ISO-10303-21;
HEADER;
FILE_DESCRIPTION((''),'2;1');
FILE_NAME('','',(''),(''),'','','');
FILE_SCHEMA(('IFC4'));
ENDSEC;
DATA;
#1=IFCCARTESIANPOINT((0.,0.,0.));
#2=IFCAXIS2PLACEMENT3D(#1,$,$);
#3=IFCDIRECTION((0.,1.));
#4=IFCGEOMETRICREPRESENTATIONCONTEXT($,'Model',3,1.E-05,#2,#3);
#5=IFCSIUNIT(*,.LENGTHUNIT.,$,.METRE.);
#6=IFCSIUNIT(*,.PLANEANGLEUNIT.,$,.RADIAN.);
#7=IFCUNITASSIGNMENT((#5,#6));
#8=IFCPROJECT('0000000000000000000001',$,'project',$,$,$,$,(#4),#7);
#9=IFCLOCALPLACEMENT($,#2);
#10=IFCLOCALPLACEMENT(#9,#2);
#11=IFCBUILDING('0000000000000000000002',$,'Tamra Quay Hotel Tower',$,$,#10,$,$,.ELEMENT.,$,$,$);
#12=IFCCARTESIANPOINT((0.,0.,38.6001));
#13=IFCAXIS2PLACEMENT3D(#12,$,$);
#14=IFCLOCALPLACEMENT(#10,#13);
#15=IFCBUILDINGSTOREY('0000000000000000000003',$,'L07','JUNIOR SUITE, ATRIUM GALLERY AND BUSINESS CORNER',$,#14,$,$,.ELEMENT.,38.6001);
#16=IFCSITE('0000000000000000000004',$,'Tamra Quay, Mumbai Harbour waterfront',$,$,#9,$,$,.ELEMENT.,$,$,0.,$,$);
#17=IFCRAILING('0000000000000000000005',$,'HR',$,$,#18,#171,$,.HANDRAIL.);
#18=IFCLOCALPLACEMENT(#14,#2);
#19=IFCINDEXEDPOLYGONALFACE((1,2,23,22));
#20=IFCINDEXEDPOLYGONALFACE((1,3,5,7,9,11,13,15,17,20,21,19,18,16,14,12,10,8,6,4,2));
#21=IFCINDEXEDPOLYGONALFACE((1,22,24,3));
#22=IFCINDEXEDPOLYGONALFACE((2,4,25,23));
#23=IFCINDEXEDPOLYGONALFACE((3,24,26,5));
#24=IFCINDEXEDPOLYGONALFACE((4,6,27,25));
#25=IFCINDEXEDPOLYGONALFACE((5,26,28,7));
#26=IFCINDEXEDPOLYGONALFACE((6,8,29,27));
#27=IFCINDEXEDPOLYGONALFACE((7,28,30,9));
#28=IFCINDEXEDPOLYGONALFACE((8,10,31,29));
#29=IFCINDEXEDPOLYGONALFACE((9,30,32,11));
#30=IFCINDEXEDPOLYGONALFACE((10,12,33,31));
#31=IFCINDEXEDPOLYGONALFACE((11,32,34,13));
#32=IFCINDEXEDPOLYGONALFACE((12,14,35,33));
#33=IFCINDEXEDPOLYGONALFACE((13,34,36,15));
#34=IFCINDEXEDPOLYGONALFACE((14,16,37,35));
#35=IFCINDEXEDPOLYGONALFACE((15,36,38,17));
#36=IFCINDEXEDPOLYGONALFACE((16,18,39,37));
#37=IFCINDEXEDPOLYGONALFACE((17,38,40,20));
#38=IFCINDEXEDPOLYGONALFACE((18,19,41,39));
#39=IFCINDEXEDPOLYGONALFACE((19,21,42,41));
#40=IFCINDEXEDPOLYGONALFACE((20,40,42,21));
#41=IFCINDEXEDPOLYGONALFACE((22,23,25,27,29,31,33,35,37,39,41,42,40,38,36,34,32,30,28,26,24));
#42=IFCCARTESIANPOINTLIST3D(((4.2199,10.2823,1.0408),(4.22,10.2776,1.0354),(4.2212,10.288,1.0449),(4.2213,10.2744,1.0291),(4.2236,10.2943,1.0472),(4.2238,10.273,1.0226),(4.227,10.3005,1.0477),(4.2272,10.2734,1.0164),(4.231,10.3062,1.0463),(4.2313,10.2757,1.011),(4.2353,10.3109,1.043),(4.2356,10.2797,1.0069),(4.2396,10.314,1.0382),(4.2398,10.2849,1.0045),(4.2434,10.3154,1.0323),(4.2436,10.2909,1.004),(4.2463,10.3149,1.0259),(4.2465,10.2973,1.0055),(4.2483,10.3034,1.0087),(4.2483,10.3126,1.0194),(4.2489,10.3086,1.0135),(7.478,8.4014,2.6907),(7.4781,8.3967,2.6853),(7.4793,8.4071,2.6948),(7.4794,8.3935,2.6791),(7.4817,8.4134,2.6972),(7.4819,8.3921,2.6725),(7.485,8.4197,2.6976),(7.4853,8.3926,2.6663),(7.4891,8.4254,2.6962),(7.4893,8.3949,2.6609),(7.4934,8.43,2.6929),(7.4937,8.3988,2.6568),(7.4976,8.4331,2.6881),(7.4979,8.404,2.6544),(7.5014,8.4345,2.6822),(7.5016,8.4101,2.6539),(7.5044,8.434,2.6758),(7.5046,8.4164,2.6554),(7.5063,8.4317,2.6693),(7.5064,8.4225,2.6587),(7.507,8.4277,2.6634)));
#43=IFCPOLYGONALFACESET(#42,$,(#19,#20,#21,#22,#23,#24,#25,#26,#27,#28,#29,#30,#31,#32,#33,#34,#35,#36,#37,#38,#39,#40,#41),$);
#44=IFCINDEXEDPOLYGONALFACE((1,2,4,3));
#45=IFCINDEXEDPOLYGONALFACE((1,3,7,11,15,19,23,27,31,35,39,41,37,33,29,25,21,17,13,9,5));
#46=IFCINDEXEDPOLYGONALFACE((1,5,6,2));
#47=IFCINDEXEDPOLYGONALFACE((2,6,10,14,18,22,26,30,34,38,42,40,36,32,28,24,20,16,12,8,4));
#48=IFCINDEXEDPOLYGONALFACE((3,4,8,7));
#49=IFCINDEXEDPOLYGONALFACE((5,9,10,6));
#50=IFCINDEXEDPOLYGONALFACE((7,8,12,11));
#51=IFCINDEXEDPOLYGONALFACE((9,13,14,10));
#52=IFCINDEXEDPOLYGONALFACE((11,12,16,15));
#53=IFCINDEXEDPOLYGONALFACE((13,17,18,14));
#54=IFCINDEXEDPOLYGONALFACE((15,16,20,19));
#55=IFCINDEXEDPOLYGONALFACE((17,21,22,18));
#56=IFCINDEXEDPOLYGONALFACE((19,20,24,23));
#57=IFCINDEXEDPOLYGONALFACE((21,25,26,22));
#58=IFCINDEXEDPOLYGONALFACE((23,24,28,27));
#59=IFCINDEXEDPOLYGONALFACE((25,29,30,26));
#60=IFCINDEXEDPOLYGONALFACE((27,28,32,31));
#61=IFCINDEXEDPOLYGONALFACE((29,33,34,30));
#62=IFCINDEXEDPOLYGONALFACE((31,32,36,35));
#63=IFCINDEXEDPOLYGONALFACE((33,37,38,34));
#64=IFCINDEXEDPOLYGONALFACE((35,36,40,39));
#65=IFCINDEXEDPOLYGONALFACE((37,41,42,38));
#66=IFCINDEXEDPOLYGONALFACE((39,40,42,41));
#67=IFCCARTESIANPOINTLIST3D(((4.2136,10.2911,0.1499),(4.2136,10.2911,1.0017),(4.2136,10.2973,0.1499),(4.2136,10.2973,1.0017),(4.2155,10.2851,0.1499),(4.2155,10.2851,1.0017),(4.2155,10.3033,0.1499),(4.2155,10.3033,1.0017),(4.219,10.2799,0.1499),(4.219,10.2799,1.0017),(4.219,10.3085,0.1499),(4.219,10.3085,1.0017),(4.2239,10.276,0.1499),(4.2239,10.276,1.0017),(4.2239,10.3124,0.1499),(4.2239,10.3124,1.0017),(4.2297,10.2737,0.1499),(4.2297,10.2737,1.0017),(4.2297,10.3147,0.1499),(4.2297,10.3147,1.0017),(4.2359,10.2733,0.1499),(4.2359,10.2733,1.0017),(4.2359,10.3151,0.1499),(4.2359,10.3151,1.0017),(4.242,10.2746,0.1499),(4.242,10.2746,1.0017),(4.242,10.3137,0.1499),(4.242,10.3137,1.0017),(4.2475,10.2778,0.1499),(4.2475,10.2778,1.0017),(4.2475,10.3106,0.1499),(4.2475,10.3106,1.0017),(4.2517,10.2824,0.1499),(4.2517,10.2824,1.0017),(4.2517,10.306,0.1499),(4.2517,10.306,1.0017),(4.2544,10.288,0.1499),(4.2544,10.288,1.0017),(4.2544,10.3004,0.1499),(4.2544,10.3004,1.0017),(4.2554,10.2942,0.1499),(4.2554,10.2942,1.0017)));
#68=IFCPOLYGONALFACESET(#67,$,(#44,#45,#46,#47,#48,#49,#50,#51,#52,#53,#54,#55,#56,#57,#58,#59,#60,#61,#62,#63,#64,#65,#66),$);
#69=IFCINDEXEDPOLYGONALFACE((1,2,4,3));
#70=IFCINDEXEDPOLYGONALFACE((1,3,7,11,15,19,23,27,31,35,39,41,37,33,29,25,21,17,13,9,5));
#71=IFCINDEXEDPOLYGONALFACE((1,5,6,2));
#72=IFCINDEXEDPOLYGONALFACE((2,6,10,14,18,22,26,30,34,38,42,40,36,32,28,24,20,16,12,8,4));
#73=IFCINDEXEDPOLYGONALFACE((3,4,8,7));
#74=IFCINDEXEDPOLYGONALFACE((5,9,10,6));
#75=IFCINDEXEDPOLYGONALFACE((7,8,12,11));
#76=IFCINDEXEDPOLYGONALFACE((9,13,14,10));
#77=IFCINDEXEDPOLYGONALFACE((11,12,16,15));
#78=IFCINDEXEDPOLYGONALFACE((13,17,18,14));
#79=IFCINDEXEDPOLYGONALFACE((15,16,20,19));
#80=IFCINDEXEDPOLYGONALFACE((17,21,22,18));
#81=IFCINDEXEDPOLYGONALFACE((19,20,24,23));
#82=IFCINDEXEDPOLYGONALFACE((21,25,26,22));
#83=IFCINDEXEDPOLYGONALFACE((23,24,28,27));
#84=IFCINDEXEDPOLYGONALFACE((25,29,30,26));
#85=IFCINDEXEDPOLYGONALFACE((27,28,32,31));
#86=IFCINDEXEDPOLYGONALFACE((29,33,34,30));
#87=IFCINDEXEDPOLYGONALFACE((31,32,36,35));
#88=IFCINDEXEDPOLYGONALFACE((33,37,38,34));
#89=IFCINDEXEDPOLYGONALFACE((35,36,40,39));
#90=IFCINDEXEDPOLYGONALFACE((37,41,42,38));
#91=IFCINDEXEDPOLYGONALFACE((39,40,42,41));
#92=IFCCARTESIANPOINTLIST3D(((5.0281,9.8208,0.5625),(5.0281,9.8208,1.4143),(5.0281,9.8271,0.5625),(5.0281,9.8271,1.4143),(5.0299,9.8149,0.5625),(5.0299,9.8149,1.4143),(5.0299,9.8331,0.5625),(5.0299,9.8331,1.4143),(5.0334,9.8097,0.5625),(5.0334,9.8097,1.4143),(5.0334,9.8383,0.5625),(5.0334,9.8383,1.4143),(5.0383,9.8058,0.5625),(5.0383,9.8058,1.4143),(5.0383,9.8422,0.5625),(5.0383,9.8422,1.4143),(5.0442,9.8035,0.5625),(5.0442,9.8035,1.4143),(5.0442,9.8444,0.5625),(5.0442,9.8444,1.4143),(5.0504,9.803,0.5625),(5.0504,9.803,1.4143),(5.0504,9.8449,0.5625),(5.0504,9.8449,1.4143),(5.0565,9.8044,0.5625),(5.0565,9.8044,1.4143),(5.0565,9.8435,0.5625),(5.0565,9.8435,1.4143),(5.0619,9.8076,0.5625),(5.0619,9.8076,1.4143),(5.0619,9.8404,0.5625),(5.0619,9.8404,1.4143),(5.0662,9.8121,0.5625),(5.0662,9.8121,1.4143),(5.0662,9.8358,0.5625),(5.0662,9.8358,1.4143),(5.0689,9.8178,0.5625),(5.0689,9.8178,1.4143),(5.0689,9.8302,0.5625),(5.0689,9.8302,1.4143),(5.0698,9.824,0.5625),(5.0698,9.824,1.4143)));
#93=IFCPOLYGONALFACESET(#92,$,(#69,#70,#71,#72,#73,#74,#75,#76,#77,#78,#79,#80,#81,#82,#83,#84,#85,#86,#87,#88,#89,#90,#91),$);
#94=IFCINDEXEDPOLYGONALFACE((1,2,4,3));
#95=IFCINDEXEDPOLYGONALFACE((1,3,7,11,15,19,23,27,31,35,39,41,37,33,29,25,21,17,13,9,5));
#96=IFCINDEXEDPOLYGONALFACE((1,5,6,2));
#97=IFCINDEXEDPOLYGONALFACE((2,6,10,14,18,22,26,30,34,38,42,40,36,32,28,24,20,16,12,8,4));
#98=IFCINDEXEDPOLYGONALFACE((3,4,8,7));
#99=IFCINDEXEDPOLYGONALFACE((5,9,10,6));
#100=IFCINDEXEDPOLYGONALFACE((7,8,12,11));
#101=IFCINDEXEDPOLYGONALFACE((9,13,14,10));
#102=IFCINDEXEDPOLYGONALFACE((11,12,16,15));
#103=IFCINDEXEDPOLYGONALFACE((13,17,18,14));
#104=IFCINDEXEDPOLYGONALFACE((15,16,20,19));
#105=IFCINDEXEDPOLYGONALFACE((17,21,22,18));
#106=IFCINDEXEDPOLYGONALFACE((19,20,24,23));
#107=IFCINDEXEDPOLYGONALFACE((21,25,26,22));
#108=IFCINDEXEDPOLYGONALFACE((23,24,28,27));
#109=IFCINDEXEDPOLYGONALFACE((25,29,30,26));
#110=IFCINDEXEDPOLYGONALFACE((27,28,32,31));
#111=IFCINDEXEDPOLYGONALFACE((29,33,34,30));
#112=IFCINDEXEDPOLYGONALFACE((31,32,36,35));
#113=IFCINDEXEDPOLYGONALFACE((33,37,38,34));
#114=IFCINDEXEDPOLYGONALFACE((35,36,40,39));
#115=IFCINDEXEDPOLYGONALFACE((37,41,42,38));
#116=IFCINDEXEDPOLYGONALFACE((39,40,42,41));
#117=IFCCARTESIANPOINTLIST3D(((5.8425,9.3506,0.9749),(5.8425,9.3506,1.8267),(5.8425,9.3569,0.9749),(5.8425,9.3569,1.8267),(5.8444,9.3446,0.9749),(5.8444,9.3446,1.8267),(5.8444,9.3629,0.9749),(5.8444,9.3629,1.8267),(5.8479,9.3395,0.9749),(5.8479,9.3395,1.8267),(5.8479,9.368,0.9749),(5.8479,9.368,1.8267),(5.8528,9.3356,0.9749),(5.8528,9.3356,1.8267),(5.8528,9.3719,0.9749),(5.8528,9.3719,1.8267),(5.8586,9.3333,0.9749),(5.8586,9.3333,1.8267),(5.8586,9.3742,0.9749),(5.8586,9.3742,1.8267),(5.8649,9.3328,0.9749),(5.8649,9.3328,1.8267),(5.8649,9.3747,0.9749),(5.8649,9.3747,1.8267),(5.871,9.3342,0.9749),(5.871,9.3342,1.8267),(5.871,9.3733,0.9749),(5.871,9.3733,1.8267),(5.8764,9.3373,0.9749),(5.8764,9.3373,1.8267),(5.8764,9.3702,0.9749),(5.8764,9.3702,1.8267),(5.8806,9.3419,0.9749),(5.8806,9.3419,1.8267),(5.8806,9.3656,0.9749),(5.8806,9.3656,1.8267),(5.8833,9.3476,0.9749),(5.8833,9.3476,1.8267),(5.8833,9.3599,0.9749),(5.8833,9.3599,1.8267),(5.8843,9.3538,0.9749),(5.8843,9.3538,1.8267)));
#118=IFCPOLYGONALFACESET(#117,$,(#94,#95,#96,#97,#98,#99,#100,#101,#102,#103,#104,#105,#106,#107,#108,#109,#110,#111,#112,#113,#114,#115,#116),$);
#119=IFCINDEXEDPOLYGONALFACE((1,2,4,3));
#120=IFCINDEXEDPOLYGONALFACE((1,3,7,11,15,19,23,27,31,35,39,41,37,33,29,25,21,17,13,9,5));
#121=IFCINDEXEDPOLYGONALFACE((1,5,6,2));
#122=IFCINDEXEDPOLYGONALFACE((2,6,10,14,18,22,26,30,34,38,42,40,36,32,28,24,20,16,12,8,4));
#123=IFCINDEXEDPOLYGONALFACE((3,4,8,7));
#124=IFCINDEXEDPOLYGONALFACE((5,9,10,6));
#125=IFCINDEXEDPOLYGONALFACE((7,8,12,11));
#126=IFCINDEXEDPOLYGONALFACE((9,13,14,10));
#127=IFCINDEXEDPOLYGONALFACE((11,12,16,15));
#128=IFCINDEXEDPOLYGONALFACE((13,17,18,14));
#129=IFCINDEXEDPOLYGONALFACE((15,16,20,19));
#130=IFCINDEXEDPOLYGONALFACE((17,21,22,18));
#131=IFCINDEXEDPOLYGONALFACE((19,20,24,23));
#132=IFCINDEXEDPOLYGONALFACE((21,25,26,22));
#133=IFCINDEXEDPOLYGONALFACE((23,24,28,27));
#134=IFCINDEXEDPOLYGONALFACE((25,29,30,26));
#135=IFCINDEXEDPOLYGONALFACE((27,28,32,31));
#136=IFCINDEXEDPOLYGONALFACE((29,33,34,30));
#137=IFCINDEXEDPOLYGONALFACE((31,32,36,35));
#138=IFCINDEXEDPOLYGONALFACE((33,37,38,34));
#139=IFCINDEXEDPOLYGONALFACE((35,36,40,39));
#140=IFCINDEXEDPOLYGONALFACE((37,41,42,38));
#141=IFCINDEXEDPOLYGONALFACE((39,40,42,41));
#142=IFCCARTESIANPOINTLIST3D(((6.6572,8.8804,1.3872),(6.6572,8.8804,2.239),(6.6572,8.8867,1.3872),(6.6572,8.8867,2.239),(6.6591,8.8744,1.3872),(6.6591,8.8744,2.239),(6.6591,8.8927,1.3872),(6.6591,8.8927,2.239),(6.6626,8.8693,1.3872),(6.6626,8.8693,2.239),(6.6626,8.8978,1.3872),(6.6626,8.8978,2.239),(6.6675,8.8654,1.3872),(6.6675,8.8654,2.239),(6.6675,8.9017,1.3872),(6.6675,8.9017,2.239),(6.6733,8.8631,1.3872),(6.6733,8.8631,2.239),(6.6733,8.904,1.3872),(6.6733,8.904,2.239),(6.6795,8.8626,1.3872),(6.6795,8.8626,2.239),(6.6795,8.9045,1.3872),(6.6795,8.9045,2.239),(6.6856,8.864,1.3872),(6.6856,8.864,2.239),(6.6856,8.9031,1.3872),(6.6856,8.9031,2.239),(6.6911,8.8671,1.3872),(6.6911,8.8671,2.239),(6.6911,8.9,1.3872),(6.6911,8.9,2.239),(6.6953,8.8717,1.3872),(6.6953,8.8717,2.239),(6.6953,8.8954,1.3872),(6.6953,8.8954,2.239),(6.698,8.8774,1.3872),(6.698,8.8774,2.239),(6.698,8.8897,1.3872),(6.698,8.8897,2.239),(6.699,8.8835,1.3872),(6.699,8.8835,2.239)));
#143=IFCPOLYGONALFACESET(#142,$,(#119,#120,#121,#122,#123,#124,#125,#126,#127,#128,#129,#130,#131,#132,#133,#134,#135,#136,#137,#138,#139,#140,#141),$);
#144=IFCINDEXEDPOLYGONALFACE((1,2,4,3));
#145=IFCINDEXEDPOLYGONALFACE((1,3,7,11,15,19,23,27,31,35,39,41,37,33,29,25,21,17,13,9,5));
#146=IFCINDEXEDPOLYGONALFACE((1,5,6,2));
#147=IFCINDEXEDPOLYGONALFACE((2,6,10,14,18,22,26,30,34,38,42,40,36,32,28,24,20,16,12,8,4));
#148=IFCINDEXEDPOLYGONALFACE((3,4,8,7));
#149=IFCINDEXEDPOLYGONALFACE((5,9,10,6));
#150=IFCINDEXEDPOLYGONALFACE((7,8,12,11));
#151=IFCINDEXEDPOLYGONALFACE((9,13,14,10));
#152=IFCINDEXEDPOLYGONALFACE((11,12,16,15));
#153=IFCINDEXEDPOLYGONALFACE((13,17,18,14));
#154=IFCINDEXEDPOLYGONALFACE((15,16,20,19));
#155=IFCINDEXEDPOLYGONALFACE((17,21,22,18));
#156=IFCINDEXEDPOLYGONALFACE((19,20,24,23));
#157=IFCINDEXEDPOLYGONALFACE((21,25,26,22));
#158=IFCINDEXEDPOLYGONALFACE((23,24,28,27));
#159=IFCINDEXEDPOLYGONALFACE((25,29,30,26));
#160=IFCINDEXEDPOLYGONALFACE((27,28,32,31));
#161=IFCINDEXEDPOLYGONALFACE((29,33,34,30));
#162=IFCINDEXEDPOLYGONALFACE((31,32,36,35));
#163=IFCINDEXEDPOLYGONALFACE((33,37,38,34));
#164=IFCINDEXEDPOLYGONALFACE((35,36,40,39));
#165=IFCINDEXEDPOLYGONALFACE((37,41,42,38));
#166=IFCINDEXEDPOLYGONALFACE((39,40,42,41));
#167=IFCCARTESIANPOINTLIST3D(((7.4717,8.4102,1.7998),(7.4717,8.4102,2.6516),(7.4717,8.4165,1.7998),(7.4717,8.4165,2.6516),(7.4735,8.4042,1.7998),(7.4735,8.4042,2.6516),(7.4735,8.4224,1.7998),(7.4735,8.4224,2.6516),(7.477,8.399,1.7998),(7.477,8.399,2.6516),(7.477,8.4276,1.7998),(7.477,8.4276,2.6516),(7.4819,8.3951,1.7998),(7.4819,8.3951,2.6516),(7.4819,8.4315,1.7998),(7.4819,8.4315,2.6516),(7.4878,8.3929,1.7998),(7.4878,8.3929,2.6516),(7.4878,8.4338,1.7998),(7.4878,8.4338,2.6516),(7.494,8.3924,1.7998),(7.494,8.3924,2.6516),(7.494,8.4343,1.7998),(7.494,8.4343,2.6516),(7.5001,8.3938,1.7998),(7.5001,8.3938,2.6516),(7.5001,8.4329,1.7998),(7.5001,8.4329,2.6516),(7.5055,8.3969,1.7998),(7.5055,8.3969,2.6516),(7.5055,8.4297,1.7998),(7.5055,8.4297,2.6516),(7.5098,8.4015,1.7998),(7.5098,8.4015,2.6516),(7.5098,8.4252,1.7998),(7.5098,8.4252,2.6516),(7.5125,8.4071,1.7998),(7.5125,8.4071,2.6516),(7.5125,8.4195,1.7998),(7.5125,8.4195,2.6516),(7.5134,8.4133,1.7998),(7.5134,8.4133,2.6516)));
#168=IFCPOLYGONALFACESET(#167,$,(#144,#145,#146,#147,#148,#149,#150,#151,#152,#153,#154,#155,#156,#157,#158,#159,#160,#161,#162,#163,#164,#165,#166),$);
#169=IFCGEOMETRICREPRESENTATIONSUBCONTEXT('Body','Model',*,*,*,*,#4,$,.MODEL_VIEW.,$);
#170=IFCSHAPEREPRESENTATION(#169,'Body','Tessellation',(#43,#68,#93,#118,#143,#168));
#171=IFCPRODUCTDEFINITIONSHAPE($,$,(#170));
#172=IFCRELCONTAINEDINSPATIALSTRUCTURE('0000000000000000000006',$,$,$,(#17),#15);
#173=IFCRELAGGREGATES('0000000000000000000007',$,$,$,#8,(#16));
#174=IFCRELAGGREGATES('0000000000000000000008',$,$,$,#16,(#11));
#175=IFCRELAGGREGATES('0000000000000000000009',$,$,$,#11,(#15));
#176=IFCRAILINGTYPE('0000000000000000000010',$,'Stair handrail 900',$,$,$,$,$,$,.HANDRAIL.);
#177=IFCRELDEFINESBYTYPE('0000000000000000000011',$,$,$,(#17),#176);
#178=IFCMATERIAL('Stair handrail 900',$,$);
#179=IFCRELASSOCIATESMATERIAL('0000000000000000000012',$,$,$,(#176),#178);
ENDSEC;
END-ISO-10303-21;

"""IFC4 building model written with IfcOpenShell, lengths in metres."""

from ifc_helpers import new_model, si_unit, direction, frame, origin, origin_2d, place, context, subcontext, project, spatial, circle, extrude, material, type_object, element, save


model = new_model("IFC4")

# Units and contexts
model_context = context("Model", 3, precision=1e-05, world=origin(), true_north=direction((0.0, 1.0)))
body_context = subcontext(model_context, "Body", "Model", "MODEL_VIEW")
ifc_project = project(units=[si_unit("LENGTHUNIT", "METRE"), si_unit("PLANEANGLEUNIT", "RADIAN")], contexts=[model_context])

# Site, building, storey
site_placement = place(None, origin())
site = spatial("IfcSite", under=ifc_project, at=site_placement, Name="Tamra Quay, Mumbai Harbour waterfront", CompositionType="ELEMENT", RefElevation=0.0)
building_placement = place(site_placement, origin())
building = spatial("IfcBuilding", under=site, at=building_placement, Name="Tamra Quay Hotel Tower", CompositionType="ELEMENT")
storey_placement = place(building_placement, frame((0.0, 0.0, 38.6001)))
storey = spatial("IfcBuildingStorey", under=building, at=storey_placement, Name="L07", Description="JUNIOR SUITE, ATRIUM GALLERY AND BUSINESS CORNER", CompositionType="ELEMENT", Elevation=38.6001)

# Railing
ifc_material_1 = material(Name="Stair handrail 900")
railing_type = type_object("IfcRailingType", Name="Stair handrail 900", PredefinedType="HANDRAIL", material=ifc_material_1)
railing_placement = place(storey_placement, frame((4.2344, 10.2942, 0.1499)))
element("IfcRailing", 1, at=railing_placement, inside=storey, type_object=railing_type, Name="HR", PredefinedType="HANDRAIL", context=body_context, shape_type="SweptSolid", body=[
    extrude(circle(Radius=0.0239, at=origin_2d()), frame((0.0, 0.0, 0.876), z_axis=(0.793122, -0.457865, 0.401642), x_axis=(0.499964, 0.866046, 0.0)), (0.0, 0.0, 1.0), 4.1079),
    extrude(circle(Radius=0.021, at=origin_2d()), origin(), (0.0, 0.0, 1.0), 0.8518),
    extrude(circle(Radius=0.021, at=origin_2d()), frame((0.8145, -0.4702, 0.4126)), (0.0, 0.0, 1.0), 0.8518),
    extrude(circle(Radius=0.021, at=origin_2d()), frame((1.6289, -0.9404, 0.825)), (0.0, 0.0, 1.0), 0.8518),
    extrude(circle(Radius=0.021, at=origin_2d()), frame((2.4436, -1.4106, 1.2373)), (0.0, 0.0, 1.0), 0.8518),
    extrude(circle(Radius=0.021, at=origin_2d()), frame((3.2581, -1.8809, 1.6499)), (0.0, 0.0, 1.0), 0.8518),
])

save(model, "model.ifc")
